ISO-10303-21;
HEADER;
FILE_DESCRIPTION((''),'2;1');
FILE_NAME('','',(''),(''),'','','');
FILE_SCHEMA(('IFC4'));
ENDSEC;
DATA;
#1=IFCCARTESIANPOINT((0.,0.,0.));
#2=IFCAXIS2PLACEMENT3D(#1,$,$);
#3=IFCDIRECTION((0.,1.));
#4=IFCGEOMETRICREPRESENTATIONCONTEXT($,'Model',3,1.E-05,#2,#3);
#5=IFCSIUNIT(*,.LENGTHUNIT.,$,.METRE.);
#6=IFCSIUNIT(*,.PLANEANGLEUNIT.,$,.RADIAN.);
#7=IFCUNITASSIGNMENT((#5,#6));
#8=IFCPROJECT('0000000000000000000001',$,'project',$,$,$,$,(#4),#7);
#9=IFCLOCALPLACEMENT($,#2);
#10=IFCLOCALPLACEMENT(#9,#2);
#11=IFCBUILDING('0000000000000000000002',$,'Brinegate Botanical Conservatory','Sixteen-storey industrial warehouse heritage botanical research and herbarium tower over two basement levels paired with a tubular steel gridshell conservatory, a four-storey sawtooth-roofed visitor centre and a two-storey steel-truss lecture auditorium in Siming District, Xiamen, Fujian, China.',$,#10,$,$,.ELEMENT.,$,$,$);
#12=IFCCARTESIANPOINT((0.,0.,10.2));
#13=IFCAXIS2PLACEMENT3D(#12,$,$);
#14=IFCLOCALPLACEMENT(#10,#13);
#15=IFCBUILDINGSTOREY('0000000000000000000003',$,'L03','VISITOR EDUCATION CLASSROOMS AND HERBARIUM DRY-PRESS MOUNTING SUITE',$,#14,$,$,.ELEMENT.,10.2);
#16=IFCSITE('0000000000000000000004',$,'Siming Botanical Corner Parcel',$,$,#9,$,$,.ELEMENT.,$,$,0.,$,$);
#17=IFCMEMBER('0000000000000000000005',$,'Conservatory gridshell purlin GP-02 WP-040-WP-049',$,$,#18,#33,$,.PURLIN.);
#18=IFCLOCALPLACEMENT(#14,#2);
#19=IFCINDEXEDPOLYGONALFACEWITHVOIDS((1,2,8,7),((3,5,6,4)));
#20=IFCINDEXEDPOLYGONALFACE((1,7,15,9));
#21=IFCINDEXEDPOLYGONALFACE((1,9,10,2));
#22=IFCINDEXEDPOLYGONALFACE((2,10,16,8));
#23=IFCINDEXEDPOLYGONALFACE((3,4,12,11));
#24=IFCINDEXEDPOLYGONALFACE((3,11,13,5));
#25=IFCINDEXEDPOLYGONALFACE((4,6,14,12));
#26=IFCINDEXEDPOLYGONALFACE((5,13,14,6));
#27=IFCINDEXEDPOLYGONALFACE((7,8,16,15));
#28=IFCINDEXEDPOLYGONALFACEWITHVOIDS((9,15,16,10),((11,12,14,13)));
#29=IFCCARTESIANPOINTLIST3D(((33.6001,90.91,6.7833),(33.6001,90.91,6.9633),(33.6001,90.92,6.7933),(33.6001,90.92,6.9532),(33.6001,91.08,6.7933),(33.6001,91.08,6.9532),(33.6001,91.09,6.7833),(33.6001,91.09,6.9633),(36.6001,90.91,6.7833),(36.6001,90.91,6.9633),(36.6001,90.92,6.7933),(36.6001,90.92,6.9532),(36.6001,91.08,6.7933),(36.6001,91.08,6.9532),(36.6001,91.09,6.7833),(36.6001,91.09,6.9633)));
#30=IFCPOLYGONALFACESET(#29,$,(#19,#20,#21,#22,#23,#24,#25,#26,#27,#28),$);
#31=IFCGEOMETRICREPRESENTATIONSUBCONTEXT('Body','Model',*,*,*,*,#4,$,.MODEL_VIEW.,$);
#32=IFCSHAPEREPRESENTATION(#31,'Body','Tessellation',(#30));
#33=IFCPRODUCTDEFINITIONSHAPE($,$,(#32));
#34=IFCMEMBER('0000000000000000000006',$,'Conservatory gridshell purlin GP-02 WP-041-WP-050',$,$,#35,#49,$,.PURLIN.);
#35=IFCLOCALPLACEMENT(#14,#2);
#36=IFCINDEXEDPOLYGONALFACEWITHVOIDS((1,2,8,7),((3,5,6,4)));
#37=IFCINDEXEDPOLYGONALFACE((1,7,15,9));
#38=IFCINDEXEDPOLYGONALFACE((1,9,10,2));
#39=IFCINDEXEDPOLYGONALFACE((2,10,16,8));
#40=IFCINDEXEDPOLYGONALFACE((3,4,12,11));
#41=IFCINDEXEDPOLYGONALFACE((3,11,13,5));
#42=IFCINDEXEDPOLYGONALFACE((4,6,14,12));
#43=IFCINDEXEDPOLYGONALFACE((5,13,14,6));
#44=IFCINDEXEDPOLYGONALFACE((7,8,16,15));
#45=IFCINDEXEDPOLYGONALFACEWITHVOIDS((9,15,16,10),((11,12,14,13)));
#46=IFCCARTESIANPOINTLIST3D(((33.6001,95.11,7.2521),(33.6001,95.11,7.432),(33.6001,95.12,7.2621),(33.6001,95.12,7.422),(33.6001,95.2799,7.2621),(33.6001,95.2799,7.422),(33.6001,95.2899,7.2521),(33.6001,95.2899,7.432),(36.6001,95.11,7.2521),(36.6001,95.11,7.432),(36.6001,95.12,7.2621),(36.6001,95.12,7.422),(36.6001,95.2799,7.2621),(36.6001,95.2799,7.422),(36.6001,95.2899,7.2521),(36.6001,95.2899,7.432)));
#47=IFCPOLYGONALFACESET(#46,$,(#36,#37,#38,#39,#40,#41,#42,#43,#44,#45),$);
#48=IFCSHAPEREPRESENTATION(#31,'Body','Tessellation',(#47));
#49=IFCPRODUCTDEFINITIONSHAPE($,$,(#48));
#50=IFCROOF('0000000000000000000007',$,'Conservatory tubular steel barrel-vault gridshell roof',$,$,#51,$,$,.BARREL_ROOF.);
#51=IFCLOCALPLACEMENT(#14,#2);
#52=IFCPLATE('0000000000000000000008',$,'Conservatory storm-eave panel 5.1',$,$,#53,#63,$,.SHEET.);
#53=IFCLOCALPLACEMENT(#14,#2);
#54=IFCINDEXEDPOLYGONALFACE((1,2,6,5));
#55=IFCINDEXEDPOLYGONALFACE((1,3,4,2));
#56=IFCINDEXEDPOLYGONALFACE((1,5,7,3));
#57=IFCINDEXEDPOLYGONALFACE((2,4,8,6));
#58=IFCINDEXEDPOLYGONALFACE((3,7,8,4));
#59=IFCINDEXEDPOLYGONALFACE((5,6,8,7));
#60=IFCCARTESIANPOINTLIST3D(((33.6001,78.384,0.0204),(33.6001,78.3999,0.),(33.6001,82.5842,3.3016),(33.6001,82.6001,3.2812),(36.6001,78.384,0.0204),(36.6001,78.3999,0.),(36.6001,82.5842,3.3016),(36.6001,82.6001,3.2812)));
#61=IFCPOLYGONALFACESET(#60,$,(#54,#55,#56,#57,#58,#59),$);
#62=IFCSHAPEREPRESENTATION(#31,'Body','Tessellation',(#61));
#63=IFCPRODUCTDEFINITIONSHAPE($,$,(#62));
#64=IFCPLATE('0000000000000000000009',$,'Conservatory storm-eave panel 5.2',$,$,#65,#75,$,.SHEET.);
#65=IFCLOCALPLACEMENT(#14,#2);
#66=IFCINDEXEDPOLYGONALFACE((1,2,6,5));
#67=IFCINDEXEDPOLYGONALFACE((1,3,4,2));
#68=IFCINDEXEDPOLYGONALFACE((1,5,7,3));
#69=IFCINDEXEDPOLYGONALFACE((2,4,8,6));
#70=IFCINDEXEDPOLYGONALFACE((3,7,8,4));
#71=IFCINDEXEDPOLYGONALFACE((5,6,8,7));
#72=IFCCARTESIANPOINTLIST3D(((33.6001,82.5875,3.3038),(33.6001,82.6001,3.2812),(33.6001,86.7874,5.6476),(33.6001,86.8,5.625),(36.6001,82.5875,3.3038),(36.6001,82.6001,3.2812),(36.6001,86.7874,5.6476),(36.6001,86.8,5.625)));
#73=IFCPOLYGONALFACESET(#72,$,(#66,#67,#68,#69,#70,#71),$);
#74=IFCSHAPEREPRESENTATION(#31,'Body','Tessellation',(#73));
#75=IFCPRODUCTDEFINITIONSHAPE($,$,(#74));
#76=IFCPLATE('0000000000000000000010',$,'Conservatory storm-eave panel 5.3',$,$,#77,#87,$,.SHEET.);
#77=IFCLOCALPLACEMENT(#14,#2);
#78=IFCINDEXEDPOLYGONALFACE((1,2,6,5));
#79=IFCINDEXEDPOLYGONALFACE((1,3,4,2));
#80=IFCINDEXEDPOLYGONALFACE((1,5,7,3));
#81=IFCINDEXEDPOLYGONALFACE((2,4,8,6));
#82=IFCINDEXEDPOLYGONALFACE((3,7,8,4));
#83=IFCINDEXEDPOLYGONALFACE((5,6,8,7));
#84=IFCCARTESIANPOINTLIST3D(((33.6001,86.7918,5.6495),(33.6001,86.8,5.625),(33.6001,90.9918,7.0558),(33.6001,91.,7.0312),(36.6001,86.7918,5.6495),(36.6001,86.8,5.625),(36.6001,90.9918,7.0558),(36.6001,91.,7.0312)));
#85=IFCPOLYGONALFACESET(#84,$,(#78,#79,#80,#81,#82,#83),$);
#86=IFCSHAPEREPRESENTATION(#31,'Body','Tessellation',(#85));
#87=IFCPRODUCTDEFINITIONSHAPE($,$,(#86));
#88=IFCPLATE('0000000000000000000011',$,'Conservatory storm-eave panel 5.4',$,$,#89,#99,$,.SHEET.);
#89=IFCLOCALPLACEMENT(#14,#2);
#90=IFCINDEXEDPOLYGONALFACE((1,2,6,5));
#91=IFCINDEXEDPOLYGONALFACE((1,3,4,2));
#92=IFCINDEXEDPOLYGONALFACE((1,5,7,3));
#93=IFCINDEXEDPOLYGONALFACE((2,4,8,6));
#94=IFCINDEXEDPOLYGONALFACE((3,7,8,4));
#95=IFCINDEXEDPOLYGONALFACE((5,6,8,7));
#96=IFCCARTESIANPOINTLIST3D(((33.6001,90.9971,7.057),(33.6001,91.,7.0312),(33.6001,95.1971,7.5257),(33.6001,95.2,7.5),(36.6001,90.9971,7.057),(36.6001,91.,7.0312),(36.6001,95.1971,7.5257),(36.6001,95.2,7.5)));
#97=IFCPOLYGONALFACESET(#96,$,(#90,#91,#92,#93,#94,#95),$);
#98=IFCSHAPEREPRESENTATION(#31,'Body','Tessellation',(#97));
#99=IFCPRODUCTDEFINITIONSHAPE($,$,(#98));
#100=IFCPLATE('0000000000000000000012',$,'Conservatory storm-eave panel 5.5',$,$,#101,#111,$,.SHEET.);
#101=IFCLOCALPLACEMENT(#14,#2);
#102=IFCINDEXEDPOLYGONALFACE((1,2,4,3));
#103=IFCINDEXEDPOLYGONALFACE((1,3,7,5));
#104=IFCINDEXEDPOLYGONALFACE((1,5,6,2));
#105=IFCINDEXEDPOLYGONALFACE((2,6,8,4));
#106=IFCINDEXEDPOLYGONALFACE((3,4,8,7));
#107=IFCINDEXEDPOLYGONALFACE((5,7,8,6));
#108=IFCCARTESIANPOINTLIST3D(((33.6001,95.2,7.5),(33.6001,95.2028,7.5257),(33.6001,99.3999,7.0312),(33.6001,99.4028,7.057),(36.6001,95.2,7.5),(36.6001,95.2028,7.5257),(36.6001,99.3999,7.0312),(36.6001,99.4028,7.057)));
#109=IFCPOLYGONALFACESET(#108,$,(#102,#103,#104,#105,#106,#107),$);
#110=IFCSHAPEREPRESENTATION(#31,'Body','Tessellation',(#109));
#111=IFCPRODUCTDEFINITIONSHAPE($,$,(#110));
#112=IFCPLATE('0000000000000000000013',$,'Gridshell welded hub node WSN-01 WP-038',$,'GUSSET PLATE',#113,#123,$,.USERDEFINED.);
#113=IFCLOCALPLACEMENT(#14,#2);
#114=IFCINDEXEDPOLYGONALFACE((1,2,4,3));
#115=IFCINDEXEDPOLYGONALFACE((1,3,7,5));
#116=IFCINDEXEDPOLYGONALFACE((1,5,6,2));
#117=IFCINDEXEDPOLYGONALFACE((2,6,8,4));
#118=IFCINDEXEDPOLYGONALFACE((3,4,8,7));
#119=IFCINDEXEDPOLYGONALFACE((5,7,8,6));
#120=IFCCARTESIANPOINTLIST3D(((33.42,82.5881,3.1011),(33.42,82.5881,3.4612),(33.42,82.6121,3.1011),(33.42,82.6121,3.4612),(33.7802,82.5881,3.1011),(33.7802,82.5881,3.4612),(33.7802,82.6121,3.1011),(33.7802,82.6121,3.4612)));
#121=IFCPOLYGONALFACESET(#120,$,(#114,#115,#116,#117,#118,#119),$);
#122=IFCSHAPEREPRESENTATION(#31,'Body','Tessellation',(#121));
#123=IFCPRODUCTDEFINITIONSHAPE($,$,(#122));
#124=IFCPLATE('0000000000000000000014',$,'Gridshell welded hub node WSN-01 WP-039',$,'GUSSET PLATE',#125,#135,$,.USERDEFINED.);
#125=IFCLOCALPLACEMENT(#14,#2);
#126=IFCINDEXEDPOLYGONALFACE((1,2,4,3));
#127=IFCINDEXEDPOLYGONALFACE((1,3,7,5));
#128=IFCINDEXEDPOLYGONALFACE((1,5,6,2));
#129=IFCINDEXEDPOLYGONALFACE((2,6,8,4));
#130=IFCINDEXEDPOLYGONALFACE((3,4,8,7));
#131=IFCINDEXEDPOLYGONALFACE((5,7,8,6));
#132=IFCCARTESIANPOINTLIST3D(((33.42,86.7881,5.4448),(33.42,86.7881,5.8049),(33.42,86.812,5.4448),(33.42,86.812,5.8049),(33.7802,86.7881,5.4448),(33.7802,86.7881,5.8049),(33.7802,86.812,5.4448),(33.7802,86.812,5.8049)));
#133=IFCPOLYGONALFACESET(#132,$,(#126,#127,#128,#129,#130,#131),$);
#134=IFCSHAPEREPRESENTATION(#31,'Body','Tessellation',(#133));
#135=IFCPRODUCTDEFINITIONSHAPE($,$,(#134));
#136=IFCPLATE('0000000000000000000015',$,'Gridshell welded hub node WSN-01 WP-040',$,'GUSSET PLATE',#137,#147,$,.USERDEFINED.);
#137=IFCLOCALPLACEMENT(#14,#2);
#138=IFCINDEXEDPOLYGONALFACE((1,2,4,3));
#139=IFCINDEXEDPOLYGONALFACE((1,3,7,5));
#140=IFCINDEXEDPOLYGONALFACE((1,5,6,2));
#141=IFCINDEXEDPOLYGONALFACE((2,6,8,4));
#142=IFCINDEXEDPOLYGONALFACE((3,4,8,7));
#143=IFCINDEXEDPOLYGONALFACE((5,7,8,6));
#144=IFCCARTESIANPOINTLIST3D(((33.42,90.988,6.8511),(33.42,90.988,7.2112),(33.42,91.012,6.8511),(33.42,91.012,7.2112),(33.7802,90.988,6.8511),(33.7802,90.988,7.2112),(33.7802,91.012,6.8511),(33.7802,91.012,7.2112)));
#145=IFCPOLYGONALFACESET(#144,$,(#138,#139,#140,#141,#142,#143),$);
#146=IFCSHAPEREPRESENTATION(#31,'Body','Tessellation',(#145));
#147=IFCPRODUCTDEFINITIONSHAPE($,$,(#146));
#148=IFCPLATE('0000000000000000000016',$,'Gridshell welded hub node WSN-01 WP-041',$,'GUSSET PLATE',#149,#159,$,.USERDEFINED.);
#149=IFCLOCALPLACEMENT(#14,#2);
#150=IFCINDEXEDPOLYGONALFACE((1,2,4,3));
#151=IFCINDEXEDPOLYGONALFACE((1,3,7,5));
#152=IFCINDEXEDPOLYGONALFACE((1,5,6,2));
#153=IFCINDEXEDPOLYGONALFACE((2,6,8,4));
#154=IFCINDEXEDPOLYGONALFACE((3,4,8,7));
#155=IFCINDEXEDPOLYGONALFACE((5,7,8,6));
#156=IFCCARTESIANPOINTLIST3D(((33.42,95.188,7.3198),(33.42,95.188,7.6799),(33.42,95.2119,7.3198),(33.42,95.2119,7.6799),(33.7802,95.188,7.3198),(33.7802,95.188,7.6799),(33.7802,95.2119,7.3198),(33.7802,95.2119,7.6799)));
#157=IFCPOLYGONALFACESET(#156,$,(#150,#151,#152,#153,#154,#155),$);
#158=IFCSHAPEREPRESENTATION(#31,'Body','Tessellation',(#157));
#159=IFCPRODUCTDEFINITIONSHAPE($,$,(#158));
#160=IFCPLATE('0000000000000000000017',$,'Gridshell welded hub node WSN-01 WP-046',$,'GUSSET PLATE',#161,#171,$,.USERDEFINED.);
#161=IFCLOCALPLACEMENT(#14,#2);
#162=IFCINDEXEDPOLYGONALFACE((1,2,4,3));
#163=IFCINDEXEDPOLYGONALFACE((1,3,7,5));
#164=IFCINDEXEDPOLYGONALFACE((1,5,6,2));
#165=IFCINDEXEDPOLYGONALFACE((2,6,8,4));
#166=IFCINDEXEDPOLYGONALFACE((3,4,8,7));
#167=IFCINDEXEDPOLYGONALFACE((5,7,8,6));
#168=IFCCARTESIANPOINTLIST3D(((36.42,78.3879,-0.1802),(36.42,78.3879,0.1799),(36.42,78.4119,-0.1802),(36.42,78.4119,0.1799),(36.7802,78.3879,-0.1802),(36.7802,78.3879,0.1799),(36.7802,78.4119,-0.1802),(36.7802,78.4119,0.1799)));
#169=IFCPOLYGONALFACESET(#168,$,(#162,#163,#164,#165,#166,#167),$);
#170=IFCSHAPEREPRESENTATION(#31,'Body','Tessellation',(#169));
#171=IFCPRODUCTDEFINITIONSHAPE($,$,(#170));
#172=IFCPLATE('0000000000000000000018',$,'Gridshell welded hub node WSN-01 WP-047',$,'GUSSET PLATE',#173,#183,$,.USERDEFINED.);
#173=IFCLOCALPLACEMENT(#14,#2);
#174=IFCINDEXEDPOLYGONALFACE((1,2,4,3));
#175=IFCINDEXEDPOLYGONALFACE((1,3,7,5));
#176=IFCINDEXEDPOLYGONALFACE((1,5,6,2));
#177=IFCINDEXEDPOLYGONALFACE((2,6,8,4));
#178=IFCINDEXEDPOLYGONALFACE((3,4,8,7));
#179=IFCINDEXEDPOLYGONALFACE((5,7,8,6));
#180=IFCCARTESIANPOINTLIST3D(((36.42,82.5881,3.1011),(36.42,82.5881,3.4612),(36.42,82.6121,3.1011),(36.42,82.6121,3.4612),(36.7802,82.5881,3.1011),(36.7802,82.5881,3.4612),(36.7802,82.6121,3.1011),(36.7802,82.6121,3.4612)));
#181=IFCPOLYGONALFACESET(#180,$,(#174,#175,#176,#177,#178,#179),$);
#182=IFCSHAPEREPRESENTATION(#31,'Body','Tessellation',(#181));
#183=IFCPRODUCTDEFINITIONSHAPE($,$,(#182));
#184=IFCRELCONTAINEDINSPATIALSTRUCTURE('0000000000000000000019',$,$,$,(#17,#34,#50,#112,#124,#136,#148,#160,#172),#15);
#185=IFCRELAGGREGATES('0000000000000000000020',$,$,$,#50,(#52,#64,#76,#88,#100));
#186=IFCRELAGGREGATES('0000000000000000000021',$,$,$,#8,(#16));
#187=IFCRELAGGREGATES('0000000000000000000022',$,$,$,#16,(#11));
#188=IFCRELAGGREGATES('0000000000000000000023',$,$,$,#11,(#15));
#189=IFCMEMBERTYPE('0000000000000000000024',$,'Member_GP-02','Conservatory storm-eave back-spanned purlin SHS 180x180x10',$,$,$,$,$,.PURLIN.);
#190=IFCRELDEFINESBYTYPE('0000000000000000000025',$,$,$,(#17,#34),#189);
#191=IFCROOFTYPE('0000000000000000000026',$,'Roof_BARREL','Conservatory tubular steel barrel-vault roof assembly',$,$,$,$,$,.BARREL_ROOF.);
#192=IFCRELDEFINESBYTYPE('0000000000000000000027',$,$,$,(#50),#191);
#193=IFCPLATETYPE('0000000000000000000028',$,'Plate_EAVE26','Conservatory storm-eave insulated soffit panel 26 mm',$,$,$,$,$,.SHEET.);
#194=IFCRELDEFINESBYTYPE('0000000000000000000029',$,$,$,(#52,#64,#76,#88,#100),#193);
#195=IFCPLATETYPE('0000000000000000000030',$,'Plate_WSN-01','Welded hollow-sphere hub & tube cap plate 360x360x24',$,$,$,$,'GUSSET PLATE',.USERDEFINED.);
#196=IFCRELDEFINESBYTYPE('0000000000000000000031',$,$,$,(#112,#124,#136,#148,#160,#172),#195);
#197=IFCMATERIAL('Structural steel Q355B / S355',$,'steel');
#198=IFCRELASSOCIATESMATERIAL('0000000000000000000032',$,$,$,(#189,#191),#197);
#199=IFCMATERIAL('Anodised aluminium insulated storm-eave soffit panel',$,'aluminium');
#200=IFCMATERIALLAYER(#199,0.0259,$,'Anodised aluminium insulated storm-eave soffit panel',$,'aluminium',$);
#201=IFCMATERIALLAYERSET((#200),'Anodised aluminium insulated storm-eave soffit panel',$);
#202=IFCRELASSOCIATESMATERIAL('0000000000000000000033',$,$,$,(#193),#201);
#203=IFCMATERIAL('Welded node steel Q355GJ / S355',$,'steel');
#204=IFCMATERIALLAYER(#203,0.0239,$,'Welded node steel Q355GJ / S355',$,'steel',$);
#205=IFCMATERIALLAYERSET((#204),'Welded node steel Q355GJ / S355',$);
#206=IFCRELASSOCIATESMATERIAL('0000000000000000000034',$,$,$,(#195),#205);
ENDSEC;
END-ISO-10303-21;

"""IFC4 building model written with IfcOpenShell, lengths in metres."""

from ifc_helpers import new_model, si_unit, direction, frame, origin, origin_2d, place, context, subcontext, project, spatial, polyline, rectangle, hollow_rectangle, outline, extrude, material, layer, layer_set, material_profile, profile_set, type_object, element, aggregate, save


model = new_model("IFC4")

# Units and contexts
model_context = context("Model", 3, precision=1e-05, world=origin(), true_north=direction((0.0, 1.0)))
body_context = subcontext(model_context, "Body", "Model", "MODEL_VIEW")
ifc_project = project(units=[si_unit("LENGTHUNIT", "METRE"), si_unit("PLANEANGLEUNIT", "RADIAN")], contexts=[model_context])

# Site, building, storey
site_placement = place(None, origin())
site = spatial("IfcSite", under=ifc_project, at=site_placement, Name="Siming Botanical Corner Parcel", CompositionType="ELEMENT", RefElevation=0.0)
building_placement = place(site_placement, origin())
building = spatial("IfcBuilding", under=site, at=building_placement, Name="Brinegate Botanical Conservatory", Description="Sixteen-storey industrial warehouse heritage botanical research and herbarium tower over two basement levels paired with a tubular steel gridshell conservatory, a four-storey sawtooth-roofed visitor centre and a two-storey steel-truss lecture auditorium in Siming District, Xiamen, Fujian, China.", CompositionType="ELEMENT")
storey_placement = place(building_placement, frame((0.0, 0.0, 10.2)))
storey = spatial("IfcBuildingStorey", under=building, at=storey_placement, Name="L03", Description="VISITOR EDUCATION CLASSROOMS AND HERBARIUM DRY-PRESS MOUNTING SUITE", CompositionType="ELEMENT", Elevation=10.2)

# Shared definitions
ifc_material_1 = material(Name="Structural steel Q355B / S355", Category="steel")

# Members
ifc_material_profile_1 = material_profile(ifc_material_1, hollow_rectangle(XDim=0.1799, YDim=0.1799, WallThickness=0.01, at=origin_2d()), Name="SHS 180x180x10")
ifc_profile_set_1 = profile_set([ifc_material_profile_1], Name="Structural steel Q355B / S355")
member_type_1 = type_object("IfcMemberType", Name="Member_GP-02", Description="Conservatory storm-eave back-spanned purlin SHS 180x180x10", PredefinedType="PURLIN", material=ifc_profile_set_1)
for number, where, z_axis, x_axis, name in (
    (1, (33.6001, 91.0, 6.8733), (1.0, 0.0, 0.0), (0.0, 1.0, 0.0), "Conservatory gridshell purlin GP-02 WP-040-WP-049"),
    (2, (33.6001, 95.2, 7.342), (1.0, 0.0, 0.0), (0.0, 1.0, 0.0), "Conservatory gridshell purlin GP-02 WP-041-WP-050"),
):
    element("IfcMember", number, at=place(storey_placement, frame(where, z_axis=z_axis, x_axis=x_axis)), inside=storey, type_object=member_type_1, Name=name, PredefinedType="PURLIN", context=body_context, shape_type="SweptSolid", body=[
        extrude(hollow_rectangle(XDim=0.1799, YDim=0.1799, WallThickness=0.01, at=origin_2d()), origin(), (0.0, 0.0, 1.0), 3.0),
    ])

# Roof, plates
roof_type = type_object("IfcRoofType", Name="Roof_BARREL", Description="Conservatory tubular steel barrel-vault roof assembly", PredefinedType="BARREL_ROOF", material=ifc_material_1)
roof_placement = place(storey_placement, origin())
roof = element("IfcRoof", 3, at=roof_placement, inside=storey, type_object=roof_type, Name="Conservatory tubular steel barrel-vault gridshell roof", PredefinedType="BARREL_ROOF")
ifc_material_2 = material(Name="Anodised aluminium insulated storm-eave soffit panel", Category="aluminium")
ifc_layer_1 = layer(ifc_material_2, 0.0259, Name="Anodised aluminium insulated storm-eave soffit panel", Category="aluminium")
ifc_layer_set_1 = layer_set([ifc_layer_1], Name="Anodised aluminium insulated storm-eave soffit panel")
plate_type_1 = type_object("IfcPlateType", Name="Plate_EAVE26", Description="Conservatory storm-eave insulated soffit panel 26 mm", PredefinedType="SHEET", material=ifc_layer_set_1)
plate_1_placement = place(storey_placement, frame((33.6001, 78.3999, 0.0), z_axis=(0.0, -0.615626, 0.788038), x_axis=(1.0, 0.0, 0.0)))
plate_1 = element("IfcPlate", 4, at=plate_1_placement, type_object=plate_type_1, Name="Conservatory storm-eave panel 5.1", PredefinedType="SHEET", context=body_context, shape_type="SweptSolid", body=[
    extrude(outline(polyline([(0.0, 0.0), (3.0, 0.0), (3.0, 5.3299), (0.0, 5.3299), (0.0, 0.0)])), origin(), (0.0, 0.0, 1.0), 0.0259),
])
plate_2_placement = place(storey_placement, frame((33.6001, 82.6001, 3.2812), z_axis=(0.0, -0.487301, 0.873234), x_axis=(1.0, 0.0, 0.0)))
plate_2 = element("IfcPlate", 5, at=plate_2_placement, type_object=plate_type_1, Name="Conservatory storm-eave panel 5.2", PredefinedType="SHEET", context=body_context, shape_type="SweptSolid", body=[
    extrude(outline(polyline([(0.0, 0.0), (3.0, 0.0), (3.0, 4.8097), (0.0, 4.8097), (0.0, 0.0)])), origin(), (0.0, 0.0, 1.0), 0.0259),
])
plate_3_placement = place(storey_placement, frame((33.6001, 86.8, 5.625), z_axis=(0.0, -0.317501, 0.948258), x_axis=(1.0, 0.0, 0.0)))
plate_3 = element("IfcPlate", 6, at=plate_3_placement, type_object=plate_type_1, Name="Conservatory storm-eave panel 5.3", PredefinedType="SHEET", context=body_context, shape_type="SweptSolid", body=[
    extrude(outline(polyline([(0.0, 0.0), (3.0, 0.0), (3.0, 4.4291), (0.0, 4.4291), (0.0, 0.0)])), origin(), (0.0, 0.0, 1.0), 0.0259),
])
plate_4_placement = place(storey_placement, frame((33.6001, 91.0, 7.0312), z_axis=(0.0, -0.11092, 0.993829), x_axis=(1.0, 0.0, 0.0)))
plate_4 = element("IfcPlate", 7, at=plate_4_placement, type_object=plate_type_1, Name="Conservatory storm-eave panel 5.4", PredefinedType="SHEET", context=body_context, shape_type="SweptSolid", body=[
    extrude(outline(polyline([(0.0, 0.0), (3.0, 0.0), (3.0, 4.226), (0.0, 4.226), (0.0, 0.0)])), origin(), (0.0, 0.0, 1.0), 0.0259),
])
plate_5_placement = place(storey_placement, frame((33.6001, 95.2, 7.5), z_axis=(0.0, 0.11092, 0.993829), x_axis=(1.0, 0.0, 0.0)))
plate_5 = element("IfcPlate", 8, at=plate_5_placement, type_object=plate_type_1, Name="Conservatory storm-eave panel 5.5", PredefinedType="SHEET", context=body_context, shape_type="SweptSolid", body=[
    extrude(outline(polyline([(0.0, 0.0), (3.0, 0.0), (3.0, 4.226), (0.0, 4.226), (0.0, 0.0)])), origin(), (0.0, 0.0, 1.0), 0.0259),
])
aggregate(roof, [plate_1, plate_2, plate_3, plate_4, plate_5])

# Plates
ifc_material_3 = material(Name="Welded node steel Q355GJ / S355", Category="steel")
ifc_layer_2 = layer(ifc_material_3, 0.0239, Name="Welded node steel Q355GJ / S355", Category="steel")
ifc_layer_set_2 = layer_set([ifc_layer_2], Name="Welded node steel Q355GJ / S355")
plate_type_2 = type_object("IfcPlateType", Name="Plate_WSN-01", Description="Welded hollow-sphere hub & tube cap plate 360x360x24", ElementType="GUSSET PLATE", PredefinedType="USERDEFINED", material=ifc_layer_set_2)
for number, where, z_axis, x_axis, name in (
    (9, (33.6001, 82.6001, 3.1011), (0.0, 0.0, 1.0), (1.0, 0.0, 0.0), "Gridshell welded hub node WSN-01 WP-038"),
    (10, (33.6001, 86.8, 5.4448), (0.0, 0.0, 1.0), (1.0, 0.0, 0.0), "Gridshell welded hub node WSN-01 WP-039"),
    (11, (33.6001, 91.0, 6.8511), (0.0, 0.0, 1.0), (1.0, 0.0, 0.0), "Gridshell welded hub node WSN-01 WP-040"),
    (12, (33.6001, 95.2, 7.3198), (0.0, 0.0, 1.0), (1.0, 0.0, 0.0), "Gridshell welded hub node WSN-01 WP-041"),
    (13, (36.6001, 78.3999, -0.1802), (0.0, 0.0, 1.0), (1.0, 0.0, 0.0), "Gridshell welded hub node WSN-01 WP-046"),
    (14, (36.6001, 82.6001, 3.1011), (0.0, 0.0, 1.0), (1.0, 0.0, 0.0), "Gridshell welded hub node WSN-01 WP-047"),
):
    element("IfcPlate", number, at=place(storey_placement, frame(where, z_axis=z_axis, x_axis=x_axis)), inside=storey, type_object=plate_type_2, Name=name, ObjectType="GUSSET PLATE", PredefinedType="USERDEFINED", context=body_context, shape_type="SweptSolid", body=[
        extrude(rectangle(XDim=0.3601, YDim=0.0239, at=origin_2d()), origin(), (0.0, 0.0, 1.0), 0.3601),
    ])

save(model, "model.ifc")
